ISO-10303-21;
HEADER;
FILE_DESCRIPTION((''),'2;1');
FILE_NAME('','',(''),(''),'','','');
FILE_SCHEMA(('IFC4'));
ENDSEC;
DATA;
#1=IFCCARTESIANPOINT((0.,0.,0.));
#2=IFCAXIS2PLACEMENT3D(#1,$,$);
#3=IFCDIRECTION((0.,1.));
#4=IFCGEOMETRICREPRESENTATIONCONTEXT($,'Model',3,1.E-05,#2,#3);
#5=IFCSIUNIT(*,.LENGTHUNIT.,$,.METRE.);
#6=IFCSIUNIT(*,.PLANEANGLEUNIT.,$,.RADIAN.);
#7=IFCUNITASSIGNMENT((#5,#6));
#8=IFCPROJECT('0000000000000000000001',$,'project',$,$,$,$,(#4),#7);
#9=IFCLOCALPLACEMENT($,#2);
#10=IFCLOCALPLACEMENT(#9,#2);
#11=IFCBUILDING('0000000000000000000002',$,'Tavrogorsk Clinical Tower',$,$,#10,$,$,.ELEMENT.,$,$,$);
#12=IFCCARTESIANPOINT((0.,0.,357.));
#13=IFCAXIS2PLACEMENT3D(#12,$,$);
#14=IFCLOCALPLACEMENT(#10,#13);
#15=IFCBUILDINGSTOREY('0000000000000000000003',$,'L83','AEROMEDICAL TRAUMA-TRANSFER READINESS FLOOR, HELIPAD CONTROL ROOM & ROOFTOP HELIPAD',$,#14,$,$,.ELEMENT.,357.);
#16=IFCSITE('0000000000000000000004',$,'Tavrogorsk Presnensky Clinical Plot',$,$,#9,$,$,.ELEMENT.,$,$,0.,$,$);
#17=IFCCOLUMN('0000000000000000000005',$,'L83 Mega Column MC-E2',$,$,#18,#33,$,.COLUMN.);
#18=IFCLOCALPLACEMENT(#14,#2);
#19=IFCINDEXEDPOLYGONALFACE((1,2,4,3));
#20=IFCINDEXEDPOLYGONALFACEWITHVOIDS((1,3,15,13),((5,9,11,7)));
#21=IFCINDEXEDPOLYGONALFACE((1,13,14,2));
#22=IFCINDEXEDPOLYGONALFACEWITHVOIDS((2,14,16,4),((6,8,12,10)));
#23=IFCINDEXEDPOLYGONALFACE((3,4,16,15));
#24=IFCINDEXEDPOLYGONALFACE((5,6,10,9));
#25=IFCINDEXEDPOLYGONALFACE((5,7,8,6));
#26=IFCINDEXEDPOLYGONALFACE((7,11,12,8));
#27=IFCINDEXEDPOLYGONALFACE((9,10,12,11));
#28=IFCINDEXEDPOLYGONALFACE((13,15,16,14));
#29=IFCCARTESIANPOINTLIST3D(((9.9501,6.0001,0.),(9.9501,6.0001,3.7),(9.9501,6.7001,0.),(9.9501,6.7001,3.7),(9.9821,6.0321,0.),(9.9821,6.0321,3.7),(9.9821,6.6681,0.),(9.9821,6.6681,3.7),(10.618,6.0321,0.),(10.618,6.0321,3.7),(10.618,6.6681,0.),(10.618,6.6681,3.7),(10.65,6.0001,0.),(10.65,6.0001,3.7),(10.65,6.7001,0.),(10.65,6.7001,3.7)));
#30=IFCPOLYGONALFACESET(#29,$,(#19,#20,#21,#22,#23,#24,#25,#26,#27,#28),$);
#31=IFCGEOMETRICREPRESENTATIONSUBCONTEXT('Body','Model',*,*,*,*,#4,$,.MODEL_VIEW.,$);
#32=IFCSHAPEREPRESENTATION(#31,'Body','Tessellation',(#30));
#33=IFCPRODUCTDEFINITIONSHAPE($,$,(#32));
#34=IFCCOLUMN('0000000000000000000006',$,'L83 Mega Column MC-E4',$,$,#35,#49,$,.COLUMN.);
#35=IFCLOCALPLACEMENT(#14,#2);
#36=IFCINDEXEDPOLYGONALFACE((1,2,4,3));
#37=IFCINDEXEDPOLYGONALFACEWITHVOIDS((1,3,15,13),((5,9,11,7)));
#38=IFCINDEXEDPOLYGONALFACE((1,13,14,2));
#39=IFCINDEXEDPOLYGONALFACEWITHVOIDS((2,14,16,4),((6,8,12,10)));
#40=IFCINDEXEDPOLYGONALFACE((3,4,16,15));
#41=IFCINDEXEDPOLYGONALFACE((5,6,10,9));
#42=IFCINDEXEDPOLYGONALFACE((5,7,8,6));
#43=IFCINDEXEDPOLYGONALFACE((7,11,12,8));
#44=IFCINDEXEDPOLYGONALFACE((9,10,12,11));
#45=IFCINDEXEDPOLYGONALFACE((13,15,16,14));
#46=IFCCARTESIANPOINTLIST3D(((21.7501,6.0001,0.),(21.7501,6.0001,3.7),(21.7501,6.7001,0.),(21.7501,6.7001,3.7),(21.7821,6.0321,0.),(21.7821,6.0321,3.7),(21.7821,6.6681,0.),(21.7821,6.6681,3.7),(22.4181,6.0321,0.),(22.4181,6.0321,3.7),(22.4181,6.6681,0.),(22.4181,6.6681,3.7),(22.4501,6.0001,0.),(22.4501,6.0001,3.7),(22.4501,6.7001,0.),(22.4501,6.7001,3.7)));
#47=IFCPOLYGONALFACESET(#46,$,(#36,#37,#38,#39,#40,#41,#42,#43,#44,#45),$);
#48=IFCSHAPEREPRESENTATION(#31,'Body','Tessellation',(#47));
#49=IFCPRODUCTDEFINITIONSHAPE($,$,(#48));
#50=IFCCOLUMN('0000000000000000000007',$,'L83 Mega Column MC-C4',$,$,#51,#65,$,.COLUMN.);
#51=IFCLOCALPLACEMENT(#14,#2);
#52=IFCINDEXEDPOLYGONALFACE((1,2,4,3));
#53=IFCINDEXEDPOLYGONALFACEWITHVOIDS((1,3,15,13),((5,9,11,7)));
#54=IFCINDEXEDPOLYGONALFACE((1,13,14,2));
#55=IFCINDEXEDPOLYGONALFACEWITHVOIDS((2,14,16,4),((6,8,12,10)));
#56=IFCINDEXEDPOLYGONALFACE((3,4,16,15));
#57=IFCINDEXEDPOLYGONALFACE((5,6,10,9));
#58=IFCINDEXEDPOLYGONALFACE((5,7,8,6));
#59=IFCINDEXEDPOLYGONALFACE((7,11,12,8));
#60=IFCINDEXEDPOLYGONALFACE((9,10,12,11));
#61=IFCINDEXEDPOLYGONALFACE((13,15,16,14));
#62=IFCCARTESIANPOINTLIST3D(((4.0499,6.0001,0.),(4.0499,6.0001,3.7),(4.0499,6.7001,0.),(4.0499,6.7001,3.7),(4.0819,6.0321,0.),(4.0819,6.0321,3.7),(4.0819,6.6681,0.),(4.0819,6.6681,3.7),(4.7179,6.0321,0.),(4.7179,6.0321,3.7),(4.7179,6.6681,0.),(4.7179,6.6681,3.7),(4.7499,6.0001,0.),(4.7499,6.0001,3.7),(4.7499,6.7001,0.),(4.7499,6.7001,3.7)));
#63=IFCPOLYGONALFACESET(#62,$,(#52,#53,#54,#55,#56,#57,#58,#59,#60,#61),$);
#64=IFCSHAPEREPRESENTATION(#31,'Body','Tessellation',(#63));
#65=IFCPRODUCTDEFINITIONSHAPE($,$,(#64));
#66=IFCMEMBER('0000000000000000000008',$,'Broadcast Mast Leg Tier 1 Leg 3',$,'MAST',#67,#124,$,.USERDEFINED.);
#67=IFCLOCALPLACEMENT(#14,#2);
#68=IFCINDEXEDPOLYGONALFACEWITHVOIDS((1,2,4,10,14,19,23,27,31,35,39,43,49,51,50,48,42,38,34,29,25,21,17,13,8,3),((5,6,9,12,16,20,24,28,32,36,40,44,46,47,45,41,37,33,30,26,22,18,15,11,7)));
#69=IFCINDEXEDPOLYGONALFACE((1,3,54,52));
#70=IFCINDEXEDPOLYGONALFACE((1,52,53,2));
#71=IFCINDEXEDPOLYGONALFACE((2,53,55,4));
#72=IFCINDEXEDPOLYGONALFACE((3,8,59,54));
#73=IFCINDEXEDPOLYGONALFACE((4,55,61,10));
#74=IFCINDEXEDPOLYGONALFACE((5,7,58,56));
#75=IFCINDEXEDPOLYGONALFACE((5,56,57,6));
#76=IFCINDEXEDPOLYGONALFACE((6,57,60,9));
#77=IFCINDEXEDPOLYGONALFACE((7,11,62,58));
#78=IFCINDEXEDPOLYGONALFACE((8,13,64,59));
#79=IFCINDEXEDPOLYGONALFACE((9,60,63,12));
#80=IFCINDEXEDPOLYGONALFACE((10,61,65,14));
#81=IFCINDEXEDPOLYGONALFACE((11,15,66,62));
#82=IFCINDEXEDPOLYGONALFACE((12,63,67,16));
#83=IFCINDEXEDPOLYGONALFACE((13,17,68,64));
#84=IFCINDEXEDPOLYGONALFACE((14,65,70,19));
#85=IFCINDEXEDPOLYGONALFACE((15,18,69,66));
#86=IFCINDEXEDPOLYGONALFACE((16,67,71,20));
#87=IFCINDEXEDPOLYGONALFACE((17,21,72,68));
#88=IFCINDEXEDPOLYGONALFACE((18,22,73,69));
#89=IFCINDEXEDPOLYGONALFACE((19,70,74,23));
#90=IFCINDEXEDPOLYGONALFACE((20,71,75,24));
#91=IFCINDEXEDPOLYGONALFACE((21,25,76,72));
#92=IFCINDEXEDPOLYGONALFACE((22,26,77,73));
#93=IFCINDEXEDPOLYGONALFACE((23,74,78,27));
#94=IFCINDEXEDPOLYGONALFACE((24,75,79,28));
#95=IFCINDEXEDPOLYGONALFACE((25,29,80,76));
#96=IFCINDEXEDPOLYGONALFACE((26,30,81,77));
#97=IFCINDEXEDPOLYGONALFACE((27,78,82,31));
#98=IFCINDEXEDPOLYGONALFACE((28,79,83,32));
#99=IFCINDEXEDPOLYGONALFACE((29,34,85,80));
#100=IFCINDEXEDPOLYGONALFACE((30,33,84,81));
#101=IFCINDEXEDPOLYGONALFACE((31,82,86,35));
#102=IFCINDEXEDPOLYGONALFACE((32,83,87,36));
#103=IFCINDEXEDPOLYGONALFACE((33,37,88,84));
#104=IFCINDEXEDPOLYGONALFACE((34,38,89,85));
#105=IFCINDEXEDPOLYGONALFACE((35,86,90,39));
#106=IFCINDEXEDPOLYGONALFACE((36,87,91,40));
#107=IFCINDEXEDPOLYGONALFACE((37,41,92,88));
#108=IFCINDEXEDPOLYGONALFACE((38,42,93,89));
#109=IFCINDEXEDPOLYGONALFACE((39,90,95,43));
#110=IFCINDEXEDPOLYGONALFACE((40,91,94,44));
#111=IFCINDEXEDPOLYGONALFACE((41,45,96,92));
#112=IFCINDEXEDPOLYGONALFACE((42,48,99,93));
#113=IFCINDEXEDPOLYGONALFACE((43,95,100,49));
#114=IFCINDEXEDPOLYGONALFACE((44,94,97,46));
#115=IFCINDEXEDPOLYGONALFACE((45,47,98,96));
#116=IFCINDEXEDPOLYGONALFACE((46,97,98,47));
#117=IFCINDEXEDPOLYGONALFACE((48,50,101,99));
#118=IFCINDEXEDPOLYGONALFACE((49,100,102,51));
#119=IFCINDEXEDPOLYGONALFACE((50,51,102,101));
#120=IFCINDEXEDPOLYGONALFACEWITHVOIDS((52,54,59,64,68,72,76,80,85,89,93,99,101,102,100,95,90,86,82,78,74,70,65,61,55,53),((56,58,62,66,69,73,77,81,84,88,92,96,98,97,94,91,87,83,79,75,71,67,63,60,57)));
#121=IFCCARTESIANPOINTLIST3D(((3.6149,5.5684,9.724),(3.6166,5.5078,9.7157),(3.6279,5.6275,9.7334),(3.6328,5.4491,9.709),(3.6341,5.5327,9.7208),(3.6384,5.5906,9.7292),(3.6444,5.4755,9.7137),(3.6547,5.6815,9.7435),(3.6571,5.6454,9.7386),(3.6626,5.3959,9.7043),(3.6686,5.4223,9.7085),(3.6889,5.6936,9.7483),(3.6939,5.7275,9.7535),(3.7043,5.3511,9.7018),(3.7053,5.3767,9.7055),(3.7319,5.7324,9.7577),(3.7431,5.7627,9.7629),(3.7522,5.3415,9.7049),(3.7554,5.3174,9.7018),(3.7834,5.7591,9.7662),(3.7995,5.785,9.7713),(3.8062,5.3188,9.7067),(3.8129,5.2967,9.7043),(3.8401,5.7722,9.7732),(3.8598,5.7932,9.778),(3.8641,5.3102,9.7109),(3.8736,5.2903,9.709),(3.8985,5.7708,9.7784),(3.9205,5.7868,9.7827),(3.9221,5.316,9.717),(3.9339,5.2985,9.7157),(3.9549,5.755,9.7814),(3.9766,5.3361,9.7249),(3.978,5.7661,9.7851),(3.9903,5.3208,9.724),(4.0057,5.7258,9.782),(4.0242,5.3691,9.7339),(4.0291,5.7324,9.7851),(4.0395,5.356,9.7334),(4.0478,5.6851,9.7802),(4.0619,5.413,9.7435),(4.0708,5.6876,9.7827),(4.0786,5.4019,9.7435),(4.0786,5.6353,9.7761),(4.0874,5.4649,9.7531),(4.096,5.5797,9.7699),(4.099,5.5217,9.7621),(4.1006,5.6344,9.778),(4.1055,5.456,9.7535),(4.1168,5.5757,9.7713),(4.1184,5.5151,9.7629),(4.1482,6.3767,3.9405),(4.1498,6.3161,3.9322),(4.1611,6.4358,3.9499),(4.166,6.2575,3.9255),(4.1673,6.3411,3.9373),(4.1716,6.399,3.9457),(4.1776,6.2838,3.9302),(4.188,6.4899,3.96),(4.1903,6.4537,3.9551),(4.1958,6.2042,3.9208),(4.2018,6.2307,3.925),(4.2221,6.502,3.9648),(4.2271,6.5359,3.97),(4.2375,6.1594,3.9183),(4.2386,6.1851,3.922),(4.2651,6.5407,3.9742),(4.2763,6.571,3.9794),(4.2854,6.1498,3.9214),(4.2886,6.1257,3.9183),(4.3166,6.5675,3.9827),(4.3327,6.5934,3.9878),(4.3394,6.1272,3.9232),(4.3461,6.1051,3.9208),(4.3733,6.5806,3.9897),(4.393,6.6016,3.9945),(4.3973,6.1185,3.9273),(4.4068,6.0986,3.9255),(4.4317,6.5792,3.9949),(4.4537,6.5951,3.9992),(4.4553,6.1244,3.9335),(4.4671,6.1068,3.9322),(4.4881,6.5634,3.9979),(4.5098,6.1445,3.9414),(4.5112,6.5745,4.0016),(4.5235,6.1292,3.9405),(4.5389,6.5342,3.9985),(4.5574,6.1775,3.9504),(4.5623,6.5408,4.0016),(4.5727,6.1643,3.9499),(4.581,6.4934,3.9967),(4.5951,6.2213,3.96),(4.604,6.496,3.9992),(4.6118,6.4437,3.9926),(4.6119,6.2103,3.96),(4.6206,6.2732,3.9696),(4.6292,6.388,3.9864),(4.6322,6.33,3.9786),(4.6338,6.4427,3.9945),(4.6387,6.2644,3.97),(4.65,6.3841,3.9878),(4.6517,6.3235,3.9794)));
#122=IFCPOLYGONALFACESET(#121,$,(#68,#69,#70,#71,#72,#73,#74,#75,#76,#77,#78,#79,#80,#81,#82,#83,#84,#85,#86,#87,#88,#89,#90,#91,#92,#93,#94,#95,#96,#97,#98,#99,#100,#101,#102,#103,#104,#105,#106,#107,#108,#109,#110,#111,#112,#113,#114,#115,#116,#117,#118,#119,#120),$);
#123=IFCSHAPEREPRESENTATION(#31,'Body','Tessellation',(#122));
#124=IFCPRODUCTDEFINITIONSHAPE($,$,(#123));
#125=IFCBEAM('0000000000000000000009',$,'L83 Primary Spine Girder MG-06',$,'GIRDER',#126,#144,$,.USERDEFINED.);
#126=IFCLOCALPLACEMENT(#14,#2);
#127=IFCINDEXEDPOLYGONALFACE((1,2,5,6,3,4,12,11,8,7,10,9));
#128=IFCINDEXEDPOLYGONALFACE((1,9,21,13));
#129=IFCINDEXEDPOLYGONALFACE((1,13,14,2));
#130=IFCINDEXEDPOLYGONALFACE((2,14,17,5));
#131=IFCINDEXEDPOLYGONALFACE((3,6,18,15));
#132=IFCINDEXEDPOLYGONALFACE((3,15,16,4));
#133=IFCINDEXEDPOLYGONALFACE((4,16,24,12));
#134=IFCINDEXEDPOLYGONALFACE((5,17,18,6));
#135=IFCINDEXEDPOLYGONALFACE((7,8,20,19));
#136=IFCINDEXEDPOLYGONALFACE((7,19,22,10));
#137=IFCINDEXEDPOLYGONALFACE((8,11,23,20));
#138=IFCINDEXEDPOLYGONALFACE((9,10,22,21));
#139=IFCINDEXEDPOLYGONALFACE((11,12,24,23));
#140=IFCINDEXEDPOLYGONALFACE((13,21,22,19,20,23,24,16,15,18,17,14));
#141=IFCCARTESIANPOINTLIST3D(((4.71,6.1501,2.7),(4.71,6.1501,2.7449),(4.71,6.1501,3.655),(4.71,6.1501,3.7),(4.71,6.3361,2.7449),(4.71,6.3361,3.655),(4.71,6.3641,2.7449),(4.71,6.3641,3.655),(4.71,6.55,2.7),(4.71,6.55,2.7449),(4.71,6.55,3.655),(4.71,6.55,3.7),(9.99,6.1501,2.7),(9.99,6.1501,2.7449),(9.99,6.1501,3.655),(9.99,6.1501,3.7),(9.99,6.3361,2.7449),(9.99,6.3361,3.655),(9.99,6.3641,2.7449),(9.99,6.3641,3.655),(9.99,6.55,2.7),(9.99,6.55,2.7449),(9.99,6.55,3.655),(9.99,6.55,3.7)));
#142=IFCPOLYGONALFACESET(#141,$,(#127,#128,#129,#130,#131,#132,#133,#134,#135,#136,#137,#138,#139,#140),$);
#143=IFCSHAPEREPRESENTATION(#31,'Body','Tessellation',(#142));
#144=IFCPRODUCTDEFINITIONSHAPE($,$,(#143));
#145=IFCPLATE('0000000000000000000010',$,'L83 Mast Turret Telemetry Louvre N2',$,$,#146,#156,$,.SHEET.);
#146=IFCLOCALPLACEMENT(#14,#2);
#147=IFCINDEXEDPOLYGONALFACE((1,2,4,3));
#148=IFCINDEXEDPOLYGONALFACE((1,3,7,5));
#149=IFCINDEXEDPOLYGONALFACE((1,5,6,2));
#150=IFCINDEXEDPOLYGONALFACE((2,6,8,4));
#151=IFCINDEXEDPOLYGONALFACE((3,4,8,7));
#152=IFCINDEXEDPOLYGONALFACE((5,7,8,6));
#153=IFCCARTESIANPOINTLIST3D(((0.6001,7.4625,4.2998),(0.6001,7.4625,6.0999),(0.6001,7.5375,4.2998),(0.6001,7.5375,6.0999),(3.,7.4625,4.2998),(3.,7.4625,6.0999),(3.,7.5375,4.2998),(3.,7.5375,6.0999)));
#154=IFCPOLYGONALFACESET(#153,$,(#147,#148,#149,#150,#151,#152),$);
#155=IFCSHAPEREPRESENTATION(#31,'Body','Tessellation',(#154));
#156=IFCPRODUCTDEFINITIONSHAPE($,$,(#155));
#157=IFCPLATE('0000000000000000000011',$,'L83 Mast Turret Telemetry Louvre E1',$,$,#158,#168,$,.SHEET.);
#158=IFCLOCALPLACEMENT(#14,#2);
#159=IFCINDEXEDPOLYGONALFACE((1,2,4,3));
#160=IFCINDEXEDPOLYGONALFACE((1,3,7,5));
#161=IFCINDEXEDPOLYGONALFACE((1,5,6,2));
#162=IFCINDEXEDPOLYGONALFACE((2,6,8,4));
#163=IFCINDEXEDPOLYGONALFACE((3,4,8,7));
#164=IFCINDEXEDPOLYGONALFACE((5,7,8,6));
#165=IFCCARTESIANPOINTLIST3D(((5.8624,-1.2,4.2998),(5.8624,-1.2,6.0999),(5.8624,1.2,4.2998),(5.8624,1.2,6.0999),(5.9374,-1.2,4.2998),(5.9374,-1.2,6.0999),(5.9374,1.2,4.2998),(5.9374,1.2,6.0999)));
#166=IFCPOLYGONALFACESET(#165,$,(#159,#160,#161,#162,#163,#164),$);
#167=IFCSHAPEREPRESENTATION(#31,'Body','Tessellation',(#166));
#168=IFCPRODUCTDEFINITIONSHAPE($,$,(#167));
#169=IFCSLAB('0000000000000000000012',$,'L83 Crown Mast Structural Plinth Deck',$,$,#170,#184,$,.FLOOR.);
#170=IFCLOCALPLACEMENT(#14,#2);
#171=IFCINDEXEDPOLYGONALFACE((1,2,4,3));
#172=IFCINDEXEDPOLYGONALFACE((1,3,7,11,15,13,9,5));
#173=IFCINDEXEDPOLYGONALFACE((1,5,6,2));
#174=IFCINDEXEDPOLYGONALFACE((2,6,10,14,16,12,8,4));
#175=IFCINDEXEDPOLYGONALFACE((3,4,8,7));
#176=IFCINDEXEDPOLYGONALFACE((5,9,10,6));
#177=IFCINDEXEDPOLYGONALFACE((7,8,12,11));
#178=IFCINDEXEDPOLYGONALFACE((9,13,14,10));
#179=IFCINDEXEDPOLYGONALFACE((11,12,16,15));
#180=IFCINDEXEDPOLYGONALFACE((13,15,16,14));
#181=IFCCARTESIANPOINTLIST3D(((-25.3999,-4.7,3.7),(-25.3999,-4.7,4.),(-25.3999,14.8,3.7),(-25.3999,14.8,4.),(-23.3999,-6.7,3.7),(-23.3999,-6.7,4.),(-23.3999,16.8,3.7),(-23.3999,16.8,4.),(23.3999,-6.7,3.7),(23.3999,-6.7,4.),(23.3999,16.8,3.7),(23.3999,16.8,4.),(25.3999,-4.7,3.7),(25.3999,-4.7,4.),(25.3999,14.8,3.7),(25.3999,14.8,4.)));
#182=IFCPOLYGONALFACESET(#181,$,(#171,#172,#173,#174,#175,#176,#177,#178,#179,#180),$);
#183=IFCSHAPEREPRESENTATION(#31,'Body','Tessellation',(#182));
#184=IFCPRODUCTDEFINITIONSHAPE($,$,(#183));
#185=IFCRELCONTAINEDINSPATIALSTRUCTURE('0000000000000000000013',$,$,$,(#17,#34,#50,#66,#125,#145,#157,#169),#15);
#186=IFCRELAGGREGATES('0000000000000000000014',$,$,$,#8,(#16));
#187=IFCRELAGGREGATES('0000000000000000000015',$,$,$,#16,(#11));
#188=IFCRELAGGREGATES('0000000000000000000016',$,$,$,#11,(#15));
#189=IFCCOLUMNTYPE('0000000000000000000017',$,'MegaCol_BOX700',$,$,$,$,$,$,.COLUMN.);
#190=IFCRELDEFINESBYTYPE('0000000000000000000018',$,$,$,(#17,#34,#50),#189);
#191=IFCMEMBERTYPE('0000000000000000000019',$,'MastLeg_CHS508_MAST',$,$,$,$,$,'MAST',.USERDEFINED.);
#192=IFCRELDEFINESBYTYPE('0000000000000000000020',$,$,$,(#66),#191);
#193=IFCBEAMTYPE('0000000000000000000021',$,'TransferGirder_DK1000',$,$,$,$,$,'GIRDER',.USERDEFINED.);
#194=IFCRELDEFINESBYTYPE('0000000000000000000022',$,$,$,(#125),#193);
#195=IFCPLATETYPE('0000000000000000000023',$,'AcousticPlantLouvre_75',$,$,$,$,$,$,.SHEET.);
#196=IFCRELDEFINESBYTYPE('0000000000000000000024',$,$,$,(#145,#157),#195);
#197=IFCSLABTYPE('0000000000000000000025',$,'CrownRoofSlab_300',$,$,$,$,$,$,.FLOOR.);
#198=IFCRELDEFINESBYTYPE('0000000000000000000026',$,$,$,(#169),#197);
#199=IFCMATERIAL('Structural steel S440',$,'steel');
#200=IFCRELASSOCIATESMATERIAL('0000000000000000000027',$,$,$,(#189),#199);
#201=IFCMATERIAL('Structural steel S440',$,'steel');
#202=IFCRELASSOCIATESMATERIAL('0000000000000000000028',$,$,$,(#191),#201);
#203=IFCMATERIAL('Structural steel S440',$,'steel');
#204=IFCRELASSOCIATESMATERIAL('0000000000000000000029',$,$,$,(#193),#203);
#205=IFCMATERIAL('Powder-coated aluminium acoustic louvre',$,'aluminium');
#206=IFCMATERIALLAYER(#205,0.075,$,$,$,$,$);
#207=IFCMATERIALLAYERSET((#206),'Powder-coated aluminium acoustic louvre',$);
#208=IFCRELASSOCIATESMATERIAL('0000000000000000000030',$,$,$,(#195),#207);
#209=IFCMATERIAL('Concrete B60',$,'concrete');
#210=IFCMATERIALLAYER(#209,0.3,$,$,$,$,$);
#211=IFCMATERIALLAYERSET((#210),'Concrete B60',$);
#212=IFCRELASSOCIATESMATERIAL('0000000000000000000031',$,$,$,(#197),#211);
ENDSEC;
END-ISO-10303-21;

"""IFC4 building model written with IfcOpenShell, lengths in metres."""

from ifc_helpers import new_model, si_unit, direction, frame, origin, origin_2d, place, context, subcontext, project, spatial, polyline, rectangle, hollow_rectangle, hollow_circle, i_section, outline, extrude, material, layer, layer_set, material_profile, profile_set, type_object, element, save


model = new_model("IFC4")

# Units and contexts
model_context = context("Model", 3, precision=1e-05, world=origin(), true_north=direction((0.0, 1.0)))
body_context = subcontext(model_context, "Body", "Model", "MODEL_VIEW")
ifc_project = project(units=[si_unit("LENGTHUNIT", "METRE"), si_unit("PLANEANGLEUNIT", "RADIAN")], contexts=[model_context])

# Site, building, storey
site_placement = place(None, origin())
site = spatial("IfcSite", under=ifc_project, at=site_placement, Name="Tavrogorsk Presnensky Clinical Plot", CompositionType="ELEMENT", RefElevation=0.0)
building_placement = place(site_placement, origin())
building = spatial("IfcBuilding", under=site, at=building_placement, Name="Tavrogorsk Clinical Tower", CompositionType="ELEMENT")
storey_placement = place(building_placement, frame((0.0, 0.0, 357.0)))
storey = spatial("IfcBuildingStorey", under=building, at=storey_placement, Name="L83", Description="AEROMEDICAL TRAUMA-TRANSFER READINESS FLOOR, HELIPAD CONTROL ROOM & ROOFTOP HELIPAD", CompositionType="ELEMENT", Elevation=357.0)

# Columns
ifc_material_1 = material(Name="Structural steel S440", Category="steel")
ifc_material_profile_1 = material_profile(ifc_material_1, hollow_rectangle(XDim=0.7, YDim=0.7, WallThickness=0.032, at=origin_2d()), Name="BOX-700x700x32")
ifc_profile_set_1 = profile_set([ifc_material_profile_1], Name="Structural steel S440")
column_type = type_object("IfcColumnType", Name="MegaCol_BOX700", PredefinedType="COLUMN", material=ifc_profile_set_1)
for number, where, z_axis, x_axis, name in (
    (1, (10.3, 6.3501, 0.0), (0.0, 0.0, 1.0), (1.0, 0.0, 0.0), "L83 Mega Column MC-E2"),
    (2, (22.1001, 6.3501, 0.0), (0.0, 0.0, 1.0), (1.0, 0.0, 0.0), "L83 Mega Column MC-E4"),
    (3, (4.3999, 6.3501, 0.0), (0.0, 0.0, 1.0), (1.0, 0.0, 0.0), "L83 Mega Column MC-C4"),
):
    element("IfcColumn", number, at=place(storey_placement, frame(where, z_axis=z_axis, x_axis=x_axis)), inside=storey, type_object=column_type, Name=name, PredefinedType="COLUMN", context=body_context, shape_type="SweptSolid", body=[
        extrude(hollow_rectangle(XDim=0.7, YDim=0.7, WallThickness=0.032, at=origin_2d()), origin(), (0.0, 0.0, 1.0), 3.7),
    ])

# Member
ifc_material_2 = material(Name="Structural steel S440", Category="steel")
ifc_material_profile_2 = material_profile(ifc_material_2, hollow_circle(Radius=0.2539, WallThickness=0.02, at=origin_2d()), Name="CHS-508x20")
ifc_profile_set_2 = profile_set([ifc_material_profile_2], Name="Structural steel S440")
member_type = type_object("IfcMemberType", Name="MastLeg_CHS508_MAST", ElementType="MAST", PredefinedType="USERDEFINED", material=ifc_profile_set_2)
member_placement = place(storey_placement, frame((4.3999, 6.3501, 3.96), z_axis=(-0.090929, -0.137851, 0.98627), x_axis=(0.834755, -0.550621, 0.0)))
element("IfcMember", 4, at=member_placement, inside=storey, type_object=member_type, Name="Broadcast Mast Leg Tier 1 Leg 3", ObjectType="MAST", PredefinedType="USERDEFINED", context=body_context, shape_type="SweptSolid", body=[
    extrude(hollow_circle(Radius=0.2539, WallThickness=0.02, at=origin_2d()), origin(), (0.0, 0.0, 1.0), 5.864),
])

# Beam
ifc_material_3 = material(Name="Structural steel S440", Category="steel")
ifc_material_profile_3 = material_profile(ifc_material_3, i_section(OverallWidth=0.3999, OverallDepth=1.0, WebThickness=0.0281, FlangeThickness=0.0449, at=origin_2d()), Name="DK-1000x400x28x45")
ifc_profile_set_3 = profile_set([ifc_material_profile_3], Name="Structural steel S440")
beam_type = type_object("IfcBeamType", Name="TransferGirder_DK1000", ElementType="GIRDER", PredefinedType="USERDEFINED", material=ifc_profile_set_3)
beam_placement = place(storey_placement, frame((4.71, 6.3501, 3.2), z_axis=(1.0, 0.0, 0.0), x_axis=(0.0, 1.0, 0.0)))
element("IfcBeam", 5, at=beam_placement, inside=storey, type_object=beam_type, Name="L83 Primary Spine Girder MG-06", ObjectType="GIRDER", PredefinedType="USERDEFINED", context=body_context, shape_type="SweptSolid", body=[
    extrude(i_section(OverallWidth=0.3999, OverallDepth=1.0, WebThickness=0.0281, FlangeThickness=0.0449, at=origin_2d()), origin(), (0.0, 0.0, 1.0), 5.28),
])

# Plates
ifc_material_4 = material(Name="Powder-coated aluminium acoustic louvre", Category="aluminium")
ifc_layer_1 = layer(ifc_material_4, 0.075)
ifc_layer_set_1 = layer_set([ifc_layer_1], Name="Powder-coated aluminium acoustic louvre")
plate_type = type_object("IfcPlateType", Name="AcousticPlantLouvre_75", PredefinedType="SHEET", material=ifc_layer_set_1)
for number, where, z_axis, x_axis, name in (
    (6, (1.8, 7.5, 4.2998), (0.0, 0.0, 1.0), (1.0, 0.0, 0.0), "L83 Mast Turret Telemetry Louvre N2"),
    (7, (5.8999, 0.0, 4.2998), (0.0, 0.0, 1.0), (0.0, 1.0, 0.0), "L83 Mast Turret Telemetry Louvre E1"),
):
    element("IfcPlate", number, at=place(storey_placement, frame(where, z_axis=z_axis, x_axis=x_axis)), inside=storey, type_object=plate_type, Name=name, PredefinedType="SHEET", context=body_context, shape_type="SweptSolid", body=[
        extrude(rectangle(XDim=2.3999, YDim=0.075, at=origin_2d()), origin(), (0.0, 0.0, 1.0), 1.8),
    ])

# Slab
ifc_material_5 = material(Name="Concrete B60", Category="concrete")
ifc_layer_2 = layer(ifc_material_5, 0.3)
ifc_layer_set_2 = layer_set([ifc_layer_2], Name="Concrete B60")
slab_type_1 = type_object("IfcSlabType", Name="CrownRoofSlab_300", PredefinedType="FLOOR", material=ifc_layer_set_2)
slab_1_placement = place(storey_placement, frame((0.0, 0.0, 3.7)))
element("IfcSlab", 8, at=slab_1_placement, inside=storey, type_object=slab_type_1, Name="L83 Crown Mast Structural Plinth Deck", PredefinedType="FLOOR", context=body_context, shape_type="SweptSolid", body=[
    extrude(outline(polyline([(-23.3999, -6.7), (23.3999, -6.7), (25.3999, -4.7), (25.3999, 14.8), (23.3999, 16.8), (-23.3999, 16.8), (-25.3999, 14.8), (-25.3999, -4.7), (-23.3999, -6.7)])), origin(), (0.0, 0.0, 1.0), 0.3),
])

save(model, "model.ifc")
